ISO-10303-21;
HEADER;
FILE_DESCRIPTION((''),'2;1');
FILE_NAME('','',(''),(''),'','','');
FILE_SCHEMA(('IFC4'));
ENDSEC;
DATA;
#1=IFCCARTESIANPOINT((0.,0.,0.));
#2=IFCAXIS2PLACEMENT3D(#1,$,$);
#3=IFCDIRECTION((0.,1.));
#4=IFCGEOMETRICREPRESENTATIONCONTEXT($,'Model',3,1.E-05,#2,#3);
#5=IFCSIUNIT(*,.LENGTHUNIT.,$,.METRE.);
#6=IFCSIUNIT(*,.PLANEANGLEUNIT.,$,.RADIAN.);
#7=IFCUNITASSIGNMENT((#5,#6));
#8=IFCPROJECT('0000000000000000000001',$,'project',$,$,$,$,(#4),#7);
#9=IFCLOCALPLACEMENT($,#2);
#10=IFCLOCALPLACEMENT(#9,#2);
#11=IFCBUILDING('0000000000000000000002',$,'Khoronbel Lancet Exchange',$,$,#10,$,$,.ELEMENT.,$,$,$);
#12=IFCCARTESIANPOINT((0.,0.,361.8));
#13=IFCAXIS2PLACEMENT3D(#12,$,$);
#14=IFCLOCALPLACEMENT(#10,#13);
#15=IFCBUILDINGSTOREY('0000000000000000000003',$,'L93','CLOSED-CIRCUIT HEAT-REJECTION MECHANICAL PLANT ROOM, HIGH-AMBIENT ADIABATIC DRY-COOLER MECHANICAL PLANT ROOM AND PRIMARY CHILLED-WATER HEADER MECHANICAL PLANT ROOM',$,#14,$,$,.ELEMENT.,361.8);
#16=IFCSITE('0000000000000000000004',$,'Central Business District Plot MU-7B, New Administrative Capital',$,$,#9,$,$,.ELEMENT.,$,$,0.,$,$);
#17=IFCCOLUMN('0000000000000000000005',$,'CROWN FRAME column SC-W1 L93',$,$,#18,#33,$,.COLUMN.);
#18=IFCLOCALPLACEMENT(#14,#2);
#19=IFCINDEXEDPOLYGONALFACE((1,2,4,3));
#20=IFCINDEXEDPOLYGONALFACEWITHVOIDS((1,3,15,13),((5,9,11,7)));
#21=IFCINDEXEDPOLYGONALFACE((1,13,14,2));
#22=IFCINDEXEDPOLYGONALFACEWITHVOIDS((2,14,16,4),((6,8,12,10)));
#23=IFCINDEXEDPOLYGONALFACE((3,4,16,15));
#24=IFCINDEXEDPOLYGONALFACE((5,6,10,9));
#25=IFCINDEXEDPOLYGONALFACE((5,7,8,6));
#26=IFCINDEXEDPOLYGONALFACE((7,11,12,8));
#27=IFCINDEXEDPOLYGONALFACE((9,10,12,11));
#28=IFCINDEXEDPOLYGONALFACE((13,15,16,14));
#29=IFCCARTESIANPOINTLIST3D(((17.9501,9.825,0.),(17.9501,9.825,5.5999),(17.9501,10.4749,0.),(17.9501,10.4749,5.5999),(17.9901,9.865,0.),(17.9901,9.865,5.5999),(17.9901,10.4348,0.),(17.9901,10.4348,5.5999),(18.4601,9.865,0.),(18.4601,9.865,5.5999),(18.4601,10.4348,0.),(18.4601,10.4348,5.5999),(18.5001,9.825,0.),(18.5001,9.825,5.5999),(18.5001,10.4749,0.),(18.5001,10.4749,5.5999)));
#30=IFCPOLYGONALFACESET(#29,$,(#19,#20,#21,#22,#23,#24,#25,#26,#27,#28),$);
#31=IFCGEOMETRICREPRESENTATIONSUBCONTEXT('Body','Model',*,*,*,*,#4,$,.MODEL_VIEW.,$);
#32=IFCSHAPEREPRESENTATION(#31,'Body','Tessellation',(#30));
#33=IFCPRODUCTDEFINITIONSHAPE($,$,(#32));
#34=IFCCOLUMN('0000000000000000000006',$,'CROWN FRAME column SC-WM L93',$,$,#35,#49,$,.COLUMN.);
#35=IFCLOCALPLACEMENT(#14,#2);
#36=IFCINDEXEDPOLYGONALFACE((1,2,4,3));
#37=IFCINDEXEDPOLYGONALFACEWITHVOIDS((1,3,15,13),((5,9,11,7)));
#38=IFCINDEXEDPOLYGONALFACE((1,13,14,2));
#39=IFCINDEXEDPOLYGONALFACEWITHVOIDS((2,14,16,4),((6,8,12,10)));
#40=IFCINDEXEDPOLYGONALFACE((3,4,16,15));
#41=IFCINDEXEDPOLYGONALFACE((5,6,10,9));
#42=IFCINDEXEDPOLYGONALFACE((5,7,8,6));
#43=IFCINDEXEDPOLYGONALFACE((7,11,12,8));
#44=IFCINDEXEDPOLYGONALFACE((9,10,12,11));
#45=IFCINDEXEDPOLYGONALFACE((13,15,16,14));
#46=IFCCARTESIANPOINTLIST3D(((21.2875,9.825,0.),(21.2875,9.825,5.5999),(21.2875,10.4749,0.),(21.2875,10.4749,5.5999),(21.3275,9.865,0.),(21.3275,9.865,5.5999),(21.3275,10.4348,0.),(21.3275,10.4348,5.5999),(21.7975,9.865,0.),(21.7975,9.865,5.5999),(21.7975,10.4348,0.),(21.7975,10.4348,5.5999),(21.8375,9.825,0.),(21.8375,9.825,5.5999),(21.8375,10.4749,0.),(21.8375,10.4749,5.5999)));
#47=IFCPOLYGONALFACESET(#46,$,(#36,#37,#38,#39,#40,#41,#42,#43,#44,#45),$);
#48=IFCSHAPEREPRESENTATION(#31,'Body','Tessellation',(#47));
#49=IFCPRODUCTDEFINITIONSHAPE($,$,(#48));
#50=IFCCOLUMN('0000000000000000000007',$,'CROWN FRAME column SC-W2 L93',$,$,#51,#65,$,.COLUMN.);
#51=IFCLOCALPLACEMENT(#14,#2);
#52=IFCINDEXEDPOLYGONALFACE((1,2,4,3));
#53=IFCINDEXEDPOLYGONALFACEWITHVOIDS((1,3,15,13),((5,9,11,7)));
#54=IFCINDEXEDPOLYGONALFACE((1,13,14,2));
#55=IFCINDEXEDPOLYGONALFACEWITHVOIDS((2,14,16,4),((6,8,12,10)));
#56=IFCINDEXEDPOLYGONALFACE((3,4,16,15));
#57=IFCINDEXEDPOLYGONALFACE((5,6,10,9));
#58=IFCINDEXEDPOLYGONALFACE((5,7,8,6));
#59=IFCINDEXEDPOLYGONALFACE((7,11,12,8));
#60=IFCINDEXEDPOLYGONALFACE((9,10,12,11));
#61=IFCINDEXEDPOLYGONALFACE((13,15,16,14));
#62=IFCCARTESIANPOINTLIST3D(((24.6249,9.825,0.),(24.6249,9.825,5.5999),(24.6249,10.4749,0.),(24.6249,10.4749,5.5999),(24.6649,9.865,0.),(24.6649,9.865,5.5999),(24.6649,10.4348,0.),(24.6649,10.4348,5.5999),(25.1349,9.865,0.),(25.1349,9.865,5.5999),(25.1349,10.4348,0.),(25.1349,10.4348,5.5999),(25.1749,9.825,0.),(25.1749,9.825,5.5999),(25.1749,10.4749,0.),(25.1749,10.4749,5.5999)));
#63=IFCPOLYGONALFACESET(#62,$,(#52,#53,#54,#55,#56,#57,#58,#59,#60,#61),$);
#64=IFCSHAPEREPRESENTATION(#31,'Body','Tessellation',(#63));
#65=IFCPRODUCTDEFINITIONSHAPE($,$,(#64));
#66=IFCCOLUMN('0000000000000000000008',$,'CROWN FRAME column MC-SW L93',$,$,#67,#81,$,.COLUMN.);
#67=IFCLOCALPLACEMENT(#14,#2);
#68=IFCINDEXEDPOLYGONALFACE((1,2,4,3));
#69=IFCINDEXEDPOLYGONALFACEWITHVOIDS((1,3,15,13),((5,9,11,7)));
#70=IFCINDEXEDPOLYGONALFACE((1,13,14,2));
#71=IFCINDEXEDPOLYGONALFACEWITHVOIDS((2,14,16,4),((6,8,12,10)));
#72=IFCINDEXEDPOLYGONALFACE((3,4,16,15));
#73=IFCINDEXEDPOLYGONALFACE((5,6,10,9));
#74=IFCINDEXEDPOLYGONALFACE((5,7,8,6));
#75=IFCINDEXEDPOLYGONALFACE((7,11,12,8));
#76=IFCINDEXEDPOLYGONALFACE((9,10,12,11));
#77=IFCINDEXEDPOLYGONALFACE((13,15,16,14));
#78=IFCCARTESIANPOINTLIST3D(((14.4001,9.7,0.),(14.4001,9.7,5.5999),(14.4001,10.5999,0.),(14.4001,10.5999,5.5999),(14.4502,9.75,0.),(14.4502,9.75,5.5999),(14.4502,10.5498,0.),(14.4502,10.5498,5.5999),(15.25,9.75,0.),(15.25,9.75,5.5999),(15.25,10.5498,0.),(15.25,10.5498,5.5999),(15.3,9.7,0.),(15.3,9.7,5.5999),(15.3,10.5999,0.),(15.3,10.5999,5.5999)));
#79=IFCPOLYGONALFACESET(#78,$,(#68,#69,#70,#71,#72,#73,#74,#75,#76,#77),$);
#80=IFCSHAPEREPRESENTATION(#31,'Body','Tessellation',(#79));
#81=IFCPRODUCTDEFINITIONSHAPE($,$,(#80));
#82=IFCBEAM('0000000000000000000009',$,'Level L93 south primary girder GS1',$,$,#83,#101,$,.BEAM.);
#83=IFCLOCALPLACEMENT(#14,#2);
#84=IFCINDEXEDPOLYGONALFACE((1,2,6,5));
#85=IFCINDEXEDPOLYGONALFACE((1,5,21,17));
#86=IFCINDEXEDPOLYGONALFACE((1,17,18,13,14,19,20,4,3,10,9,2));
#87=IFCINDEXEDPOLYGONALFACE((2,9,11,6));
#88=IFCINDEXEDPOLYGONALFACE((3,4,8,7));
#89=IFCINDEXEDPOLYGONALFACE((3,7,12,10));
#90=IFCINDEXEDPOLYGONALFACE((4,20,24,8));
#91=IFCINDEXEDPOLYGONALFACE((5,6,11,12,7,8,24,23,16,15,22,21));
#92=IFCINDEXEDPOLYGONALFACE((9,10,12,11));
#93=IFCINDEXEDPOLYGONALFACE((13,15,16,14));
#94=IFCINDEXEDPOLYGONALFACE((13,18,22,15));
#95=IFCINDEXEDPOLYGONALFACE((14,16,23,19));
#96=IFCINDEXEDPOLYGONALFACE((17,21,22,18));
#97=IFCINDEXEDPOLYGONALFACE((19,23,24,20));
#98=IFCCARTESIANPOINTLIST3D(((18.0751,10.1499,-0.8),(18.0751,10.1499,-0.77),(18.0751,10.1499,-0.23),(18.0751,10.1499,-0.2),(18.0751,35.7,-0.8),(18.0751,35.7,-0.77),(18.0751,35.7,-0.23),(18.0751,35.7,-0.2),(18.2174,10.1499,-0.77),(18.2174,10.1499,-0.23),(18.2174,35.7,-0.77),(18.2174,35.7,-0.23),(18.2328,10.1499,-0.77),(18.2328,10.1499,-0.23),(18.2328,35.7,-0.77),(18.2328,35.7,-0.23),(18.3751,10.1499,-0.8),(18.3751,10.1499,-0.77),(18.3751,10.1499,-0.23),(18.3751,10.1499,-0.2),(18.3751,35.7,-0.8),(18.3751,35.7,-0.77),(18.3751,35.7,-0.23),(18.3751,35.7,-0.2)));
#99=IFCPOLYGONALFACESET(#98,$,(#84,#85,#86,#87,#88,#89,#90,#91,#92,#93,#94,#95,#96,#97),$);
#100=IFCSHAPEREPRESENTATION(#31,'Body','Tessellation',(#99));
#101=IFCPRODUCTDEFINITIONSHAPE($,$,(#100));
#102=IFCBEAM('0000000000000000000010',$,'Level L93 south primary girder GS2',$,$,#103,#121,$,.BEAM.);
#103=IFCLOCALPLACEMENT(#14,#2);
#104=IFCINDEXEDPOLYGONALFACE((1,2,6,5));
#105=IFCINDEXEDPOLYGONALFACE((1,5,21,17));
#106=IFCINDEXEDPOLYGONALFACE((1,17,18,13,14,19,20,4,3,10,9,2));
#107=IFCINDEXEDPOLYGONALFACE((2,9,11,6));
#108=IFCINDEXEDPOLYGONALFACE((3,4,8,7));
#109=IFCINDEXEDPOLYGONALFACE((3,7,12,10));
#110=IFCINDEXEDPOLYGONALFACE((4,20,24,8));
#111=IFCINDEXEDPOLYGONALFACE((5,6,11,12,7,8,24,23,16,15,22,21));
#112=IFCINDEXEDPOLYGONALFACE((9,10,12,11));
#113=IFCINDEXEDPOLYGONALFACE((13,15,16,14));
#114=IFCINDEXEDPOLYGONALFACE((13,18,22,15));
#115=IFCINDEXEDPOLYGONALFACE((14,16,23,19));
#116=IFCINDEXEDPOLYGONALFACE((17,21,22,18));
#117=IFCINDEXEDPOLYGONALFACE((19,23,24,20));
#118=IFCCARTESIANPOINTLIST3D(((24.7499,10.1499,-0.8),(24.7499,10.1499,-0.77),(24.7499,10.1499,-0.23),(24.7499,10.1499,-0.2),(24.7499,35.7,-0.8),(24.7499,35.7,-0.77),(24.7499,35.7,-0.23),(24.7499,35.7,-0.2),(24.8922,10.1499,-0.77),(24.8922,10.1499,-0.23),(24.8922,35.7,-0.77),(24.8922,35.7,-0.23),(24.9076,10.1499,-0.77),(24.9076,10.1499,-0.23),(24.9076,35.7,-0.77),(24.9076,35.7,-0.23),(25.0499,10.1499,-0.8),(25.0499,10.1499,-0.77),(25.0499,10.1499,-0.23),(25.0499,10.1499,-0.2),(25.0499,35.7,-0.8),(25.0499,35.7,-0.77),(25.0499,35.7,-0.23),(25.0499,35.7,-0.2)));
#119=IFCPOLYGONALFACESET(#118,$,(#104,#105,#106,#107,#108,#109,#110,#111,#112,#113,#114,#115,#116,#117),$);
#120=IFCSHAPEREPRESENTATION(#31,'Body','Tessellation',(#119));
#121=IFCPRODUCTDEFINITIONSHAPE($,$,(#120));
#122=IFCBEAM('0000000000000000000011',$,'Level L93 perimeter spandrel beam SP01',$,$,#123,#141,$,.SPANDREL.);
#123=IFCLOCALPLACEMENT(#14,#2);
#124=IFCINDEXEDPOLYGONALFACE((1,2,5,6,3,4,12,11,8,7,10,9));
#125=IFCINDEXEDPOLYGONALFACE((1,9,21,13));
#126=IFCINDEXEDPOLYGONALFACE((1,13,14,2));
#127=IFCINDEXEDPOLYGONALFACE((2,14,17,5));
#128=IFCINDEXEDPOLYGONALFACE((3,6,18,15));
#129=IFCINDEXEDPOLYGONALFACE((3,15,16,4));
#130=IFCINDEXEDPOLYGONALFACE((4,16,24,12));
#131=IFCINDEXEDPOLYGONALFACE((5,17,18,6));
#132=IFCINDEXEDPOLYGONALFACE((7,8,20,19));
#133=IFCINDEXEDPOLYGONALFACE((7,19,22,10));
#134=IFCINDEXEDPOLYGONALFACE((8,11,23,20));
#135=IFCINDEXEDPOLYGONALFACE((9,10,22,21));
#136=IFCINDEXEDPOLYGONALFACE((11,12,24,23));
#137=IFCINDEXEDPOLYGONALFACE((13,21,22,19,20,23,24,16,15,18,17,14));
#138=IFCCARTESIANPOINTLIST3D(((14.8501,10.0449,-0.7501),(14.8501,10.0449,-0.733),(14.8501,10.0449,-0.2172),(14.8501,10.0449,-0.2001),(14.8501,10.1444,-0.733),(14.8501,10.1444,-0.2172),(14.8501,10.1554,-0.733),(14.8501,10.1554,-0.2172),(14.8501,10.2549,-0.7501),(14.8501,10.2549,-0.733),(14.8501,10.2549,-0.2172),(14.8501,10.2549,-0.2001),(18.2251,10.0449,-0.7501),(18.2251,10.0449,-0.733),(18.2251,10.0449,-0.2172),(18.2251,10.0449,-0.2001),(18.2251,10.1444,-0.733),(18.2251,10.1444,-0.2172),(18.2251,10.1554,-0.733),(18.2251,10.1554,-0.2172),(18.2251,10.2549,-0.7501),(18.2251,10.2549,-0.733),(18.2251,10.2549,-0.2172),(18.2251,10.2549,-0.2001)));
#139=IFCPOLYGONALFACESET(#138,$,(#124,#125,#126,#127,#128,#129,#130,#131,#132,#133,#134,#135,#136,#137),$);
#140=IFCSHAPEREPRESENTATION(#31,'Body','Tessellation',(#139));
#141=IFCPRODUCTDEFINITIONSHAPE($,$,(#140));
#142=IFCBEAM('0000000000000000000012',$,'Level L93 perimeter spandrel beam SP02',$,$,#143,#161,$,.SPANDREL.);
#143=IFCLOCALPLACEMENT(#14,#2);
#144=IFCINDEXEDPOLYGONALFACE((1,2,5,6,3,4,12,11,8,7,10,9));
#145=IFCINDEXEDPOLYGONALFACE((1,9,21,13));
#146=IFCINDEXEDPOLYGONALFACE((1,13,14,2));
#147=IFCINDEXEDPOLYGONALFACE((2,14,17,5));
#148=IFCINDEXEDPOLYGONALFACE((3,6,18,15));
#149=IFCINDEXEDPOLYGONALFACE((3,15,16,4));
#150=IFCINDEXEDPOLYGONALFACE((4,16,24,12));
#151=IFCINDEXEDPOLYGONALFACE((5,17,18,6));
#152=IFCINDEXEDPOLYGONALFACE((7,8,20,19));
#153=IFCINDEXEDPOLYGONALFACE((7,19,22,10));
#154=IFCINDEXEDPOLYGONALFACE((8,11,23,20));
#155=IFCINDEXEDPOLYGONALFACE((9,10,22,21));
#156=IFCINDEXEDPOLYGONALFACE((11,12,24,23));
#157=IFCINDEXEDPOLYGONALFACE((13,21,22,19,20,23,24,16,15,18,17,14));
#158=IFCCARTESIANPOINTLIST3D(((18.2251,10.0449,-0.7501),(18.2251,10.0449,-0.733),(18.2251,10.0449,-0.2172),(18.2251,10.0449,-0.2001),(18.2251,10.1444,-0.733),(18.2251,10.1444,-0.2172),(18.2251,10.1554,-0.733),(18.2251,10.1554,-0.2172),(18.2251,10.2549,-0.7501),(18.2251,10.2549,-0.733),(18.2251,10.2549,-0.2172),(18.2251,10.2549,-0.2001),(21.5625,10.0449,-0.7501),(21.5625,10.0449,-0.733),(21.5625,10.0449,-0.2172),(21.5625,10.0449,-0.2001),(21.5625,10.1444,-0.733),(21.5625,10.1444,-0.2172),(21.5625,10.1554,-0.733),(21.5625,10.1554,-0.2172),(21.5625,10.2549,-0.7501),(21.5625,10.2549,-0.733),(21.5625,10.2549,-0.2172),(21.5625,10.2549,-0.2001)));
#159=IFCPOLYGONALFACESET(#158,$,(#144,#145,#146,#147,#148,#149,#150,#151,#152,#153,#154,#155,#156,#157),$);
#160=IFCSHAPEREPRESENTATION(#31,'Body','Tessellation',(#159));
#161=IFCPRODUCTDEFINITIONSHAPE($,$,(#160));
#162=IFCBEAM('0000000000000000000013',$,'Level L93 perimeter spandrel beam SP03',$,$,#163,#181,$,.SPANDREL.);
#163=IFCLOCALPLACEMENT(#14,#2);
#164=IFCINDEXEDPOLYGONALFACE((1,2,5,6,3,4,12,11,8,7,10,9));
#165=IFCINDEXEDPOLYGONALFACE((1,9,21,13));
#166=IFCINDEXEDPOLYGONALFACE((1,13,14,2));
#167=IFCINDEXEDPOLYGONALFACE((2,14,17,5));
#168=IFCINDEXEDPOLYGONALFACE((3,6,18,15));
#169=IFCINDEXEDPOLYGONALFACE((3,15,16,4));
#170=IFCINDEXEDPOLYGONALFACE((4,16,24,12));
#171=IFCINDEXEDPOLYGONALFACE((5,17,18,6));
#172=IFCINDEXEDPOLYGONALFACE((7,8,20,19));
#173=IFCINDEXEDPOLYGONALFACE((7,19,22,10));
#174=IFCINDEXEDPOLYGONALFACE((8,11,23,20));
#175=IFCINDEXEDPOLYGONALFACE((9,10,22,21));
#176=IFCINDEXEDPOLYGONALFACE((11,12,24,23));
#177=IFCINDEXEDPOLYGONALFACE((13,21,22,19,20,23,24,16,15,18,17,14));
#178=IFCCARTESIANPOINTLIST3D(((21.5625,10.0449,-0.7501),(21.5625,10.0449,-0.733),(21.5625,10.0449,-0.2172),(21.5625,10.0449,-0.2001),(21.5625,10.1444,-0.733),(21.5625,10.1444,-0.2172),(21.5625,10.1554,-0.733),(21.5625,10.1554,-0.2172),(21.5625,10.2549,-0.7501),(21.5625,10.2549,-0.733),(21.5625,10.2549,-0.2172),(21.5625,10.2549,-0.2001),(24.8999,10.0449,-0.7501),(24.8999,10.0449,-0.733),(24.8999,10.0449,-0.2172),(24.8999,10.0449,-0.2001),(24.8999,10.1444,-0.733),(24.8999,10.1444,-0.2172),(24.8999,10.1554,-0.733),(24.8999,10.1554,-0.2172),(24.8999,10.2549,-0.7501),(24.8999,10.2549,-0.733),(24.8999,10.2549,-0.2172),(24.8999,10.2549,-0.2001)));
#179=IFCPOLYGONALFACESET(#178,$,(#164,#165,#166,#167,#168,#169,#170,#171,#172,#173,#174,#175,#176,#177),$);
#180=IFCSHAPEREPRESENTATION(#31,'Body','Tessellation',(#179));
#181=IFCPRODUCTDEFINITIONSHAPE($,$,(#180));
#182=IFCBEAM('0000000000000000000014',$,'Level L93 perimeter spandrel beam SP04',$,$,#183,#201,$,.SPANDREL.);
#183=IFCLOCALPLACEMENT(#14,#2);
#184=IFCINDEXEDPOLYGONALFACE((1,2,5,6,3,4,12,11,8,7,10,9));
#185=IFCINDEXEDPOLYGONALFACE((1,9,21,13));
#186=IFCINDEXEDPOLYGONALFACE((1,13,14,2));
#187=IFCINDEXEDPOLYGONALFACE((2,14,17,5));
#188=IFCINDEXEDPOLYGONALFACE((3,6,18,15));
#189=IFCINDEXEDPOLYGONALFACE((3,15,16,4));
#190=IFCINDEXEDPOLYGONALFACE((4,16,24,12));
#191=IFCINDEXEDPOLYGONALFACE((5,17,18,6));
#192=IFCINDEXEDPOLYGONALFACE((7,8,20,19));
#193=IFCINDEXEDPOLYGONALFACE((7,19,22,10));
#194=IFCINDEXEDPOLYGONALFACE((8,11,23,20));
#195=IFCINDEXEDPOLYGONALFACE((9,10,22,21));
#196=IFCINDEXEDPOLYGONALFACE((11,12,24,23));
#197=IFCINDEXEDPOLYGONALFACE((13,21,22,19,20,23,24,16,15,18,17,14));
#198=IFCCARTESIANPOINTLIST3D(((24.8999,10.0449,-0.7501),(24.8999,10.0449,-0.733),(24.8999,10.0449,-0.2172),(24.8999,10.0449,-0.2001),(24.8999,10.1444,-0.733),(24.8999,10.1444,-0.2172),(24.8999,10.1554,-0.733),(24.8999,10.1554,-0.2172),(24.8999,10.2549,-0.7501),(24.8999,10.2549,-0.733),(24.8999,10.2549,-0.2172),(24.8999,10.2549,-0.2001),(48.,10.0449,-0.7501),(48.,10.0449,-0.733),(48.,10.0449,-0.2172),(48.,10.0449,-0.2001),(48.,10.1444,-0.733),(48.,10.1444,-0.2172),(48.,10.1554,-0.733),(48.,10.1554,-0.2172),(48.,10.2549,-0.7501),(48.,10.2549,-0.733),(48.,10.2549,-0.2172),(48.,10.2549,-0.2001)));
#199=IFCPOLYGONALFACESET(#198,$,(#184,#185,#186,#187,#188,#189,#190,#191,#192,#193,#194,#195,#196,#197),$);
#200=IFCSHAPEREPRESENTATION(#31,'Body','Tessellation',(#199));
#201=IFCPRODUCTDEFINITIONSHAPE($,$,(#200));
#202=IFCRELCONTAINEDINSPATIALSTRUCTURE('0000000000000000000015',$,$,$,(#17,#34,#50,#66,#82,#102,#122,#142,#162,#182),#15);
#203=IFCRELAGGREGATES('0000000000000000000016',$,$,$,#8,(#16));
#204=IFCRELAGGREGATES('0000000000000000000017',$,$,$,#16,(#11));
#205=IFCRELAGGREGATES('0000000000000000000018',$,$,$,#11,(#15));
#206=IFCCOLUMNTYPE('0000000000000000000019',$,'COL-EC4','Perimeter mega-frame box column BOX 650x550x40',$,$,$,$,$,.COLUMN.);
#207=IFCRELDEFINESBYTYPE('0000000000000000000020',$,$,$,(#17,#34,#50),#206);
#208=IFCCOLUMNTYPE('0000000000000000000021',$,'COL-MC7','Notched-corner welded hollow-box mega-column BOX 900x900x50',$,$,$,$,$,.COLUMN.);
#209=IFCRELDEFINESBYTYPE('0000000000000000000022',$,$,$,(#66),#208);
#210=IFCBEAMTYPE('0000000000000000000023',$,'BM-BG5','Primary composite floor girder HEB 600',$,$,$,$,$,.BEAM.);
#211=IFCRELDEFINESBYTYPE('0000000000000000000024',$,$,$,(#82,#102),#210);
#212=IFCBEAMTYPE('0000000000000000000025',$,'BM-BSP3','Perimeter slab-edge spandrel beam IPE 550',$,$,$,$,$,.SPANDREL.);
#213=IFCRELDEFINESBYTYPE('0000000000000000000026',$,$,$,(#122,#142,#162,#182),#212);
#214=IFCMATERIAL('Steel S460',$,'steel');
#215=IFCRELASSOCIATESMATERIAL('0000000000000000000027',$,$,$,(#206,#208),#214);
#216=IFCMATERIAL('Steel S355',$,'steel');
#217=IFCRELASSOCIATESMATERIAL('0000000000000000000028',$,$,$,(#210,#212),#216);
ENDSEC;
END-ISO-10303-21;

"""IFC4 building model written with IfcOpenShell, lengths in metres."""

from ifc_helpers import new_model, si_unit, direction, frame, origin, origin_2d, place, context, subcontext, project, spatial, hollow_rectangle, i_section, extrude, material, material_profile, profile_set, type_object, element, save


model = new_model("IFC4")

# Units and contexts
model_context = context("Model", 3, precision=1e-05, world=origin(), true_north=direction((0.0, 1.0)))
body_context = subcontext(model_context, "Body", "Model", "MODEL_VIEW")
ifc_project = project(units=[si_unit("LENGTHUNIT", "METRE"), si_unit("PLANEANGLEUNIT", "RADIAN")], contexts=[model_context])

# Site, building, storey
site_placement = place(None, origin())
site = spatial("IfcSite", under=ifc_project, at=site_placement, Name="Central Business District Plot MU-7B, New Administrative Capital", CompositionType="ELEMENT", RefElevation=0.0)
building_placement = place(site_placement, origin())
building = spatial("IfcBuilding", under=site, at=building_placement, Name="Khoronbel Lancet Exchange", CompositionType="ELEMENT")
storey_placement = place(building_placement, frame((0.0, 0.0, 361.8)))
storey = spatial("IfcBuildingStorey", under=building, at=storey_placement, Name="L93", Description="CLOSED-CIRCUIT HEAT-REJECTION MECHANICAL PLANT ROOM, HIGH-AMBIENT ADIABATIC DRY-COOLER MECHANICAL PLANT ROOM AND PRIMARY CHILLED-WATER HEADER MECHANICAL PLANT ROOM", CompositionType="ELEMENT", Elevation=361.8)

# Columns
ifc_material_1 = material(Name="Steel S460", Category="steel")
ifc_material_profile_1 = material_profile(ifc_material_1, hollow_rectangle(XDim=0.55, YDim=0.6499, WallThickness=0.04, at=origin_2d()), Name="BOX 650x550x40")
ifc_profile_set_1 = profile_set([ifc_material_profile_1], Name="Steel S460")
column_type_1 = type_object("IfcColumnType", Name="COL-EC4", Description="Perimeter mega-frame box column BOX 650x550x40", PredefinedType="COLUMN", material=ifc_profile_set_1)
for number, where, z_axis, x_axis, name in (
    (1, (18.2251, 10.1499, 0.0), (0.0, 0.0, 1.0), (1.0, 0.0, 0.0), "CROWN FRAME column SC-W1 L93"),
    (2, (21.5625, 10.1499, 0.0), (0.0, 0.0, 1.0), (1.0, 0.0, 0.0), "CROWN FRAME column SC-WM L93"),
    (3, (24.8999, 10.1499, 0.0), (0.0, 0.0, 1.0), (1.0, 0.0, 0.0), "CROWN FRAME column SC-W2 L93"),
):
    element("IfcColumn", number, at=place(storey_placement, frame(where, z_axis=z_axis, x_axis=x_axis)), inside=storey, type_object=column_type_1, Name=name, PredefinedType="COLUMN", context=body_context, shape_type="SweptSolid", body=[
        extrude(hollow_rectangle(XDim=0.55, YDim=0.6499, WallThickness=0.04, at=origin_2d()), origin(), (0.0, 0.0, 1.0), 5.5999),
    ])
ifc_material_profile_2 = material_profile(ifc_material_1, hollow_rectangle(XDim=0.8999, YDim=0.8999, WallThickness=0.05, at=origin_2d()), Name="BOX 900x900x50")
ifc_profile_set_2 = profile_set([ifc_material_profile_2], Name="Steel S460")
column_type_2 = type_object("IfcColumnType", Name="COL-MC7", Description="Notched-corner welded hollow-box mega-column BOX 900x900x50", PredefinedType="COLUMN", material=ifc_profile_set_2)
column_placement = place(storey_placement, frame((14.8501, 10.1499, 0.0), z_axis=(0.0, 0.0, 1.0), x_axis=(1.0, 0.0, 0.0)))
element("IfcColumn", 4, at=column_placement, inside=storey, type_object=column_type_2, Name="CROWN FRAME column MC-SW L93", PredefinedType="COLUMN", context=body_context, shape_type="SweptSolid", body=[
    extrude(hollow_rectangle(XDim=0.8999, YDim=0.8999, WallThickness=0.05, at=origin_2d()), origin(), (0.0, 0.0, 1.0), 5.5999),
])

# Beams
ifc_material_2 = material(Name="Steel S355", Category="steel")
ifc_material_profile_3 = material_profile(ifc_material_2, i_section(OverallWidth=0.3, OverallDepth=0.6001, WebThickness=0.0154, FlangeThickness=0.03, at=origin_2d()), Name="HEB 600")
ifc_profile_set_3 = profile_set([ifc_material_profile_3], Name="Steel S355")
beam_type_1 = type_object("IfcBeamType", Name="BM-BG5", Description="Primary composite floor girder HEB 600", PredefinedType="BEAM", material=ifc_profile_set_3)
for number, where, z_axis, x_axis, name in (
    (5, (18.2251, 10.1499, -0.5), (0.0, 1.0, 0.0), (-1.0, 0.0, 0.0), "Level L93 south primary girder GS1"),
    (6, (24.8999, 10.1499, -0.5), (0.0, 1.0, 0.0), (-1.0, 0.0, 0.0), "Level L93 south primary girder GS2"),
):
    element("IfcBeam", number, at=place(storey_placement, frame(where, z_axis=z_axis, x_axis=x_axis)), inside=storey, type_object=beam_type_1, Name=name, PredefinedType="BEAM", context=body_context, shape_type="SweptSolid", body=[
        extrude(i_section(OverallWidth=0.3, OverallDepth=0.6001, WebThickness=0.0154, FlangeThickness=0.03, at=origin_2d()), origin(), (0.0, 0.0, 1.0), 25.55),
    ])
ifc_material_profile_4 = material_profile(ifc_material_2, i_section(OverallWidth=0.21, OverallDepth=0.55, WebThickness=0.011, FlangeThickness=0.0171, at=origin_2d()), Name="IPE 550")
ifc_profile_set_4 = profile_set([ifc_material_profile_4], Name="Steel S355")
beam_type_2 = type_object("IfcBeamType", Name="BM-BSP3", Description="Perimeter slab-edge spandrel beam IPE 550", PredefinedType="SPANDREL", material=ifc_profile_set_4)
beam_1_placement = place(storey_placement, frame((14.8501, 10.1499, -0.4751), z_axis=(1.0, 0.0, 0.0), x_axis=(0.0, 1.0, 0.0)))
element("IfcBeam", 7, at=beam_1_placement, inside=storey, type_object=beam_type_2, Name="Level L93 perimeter spandrel beam SP01", PredefinedType="SPANDREL", context=body_context, shape_type="SweptSolid", body=[
    extrude(i_section(OverallWidth=0.21, OverallDepth=0.55, WebThickness=0.011, FlangeThickness=0.0171, at=origin_2d()), origin(), (0.0, 0.0, 1.0), 3.375),
])
for number, where, z_axis, x_axis, name in (
    (8, (18.2251, 10.1499, -0.4751), (1.0, 0.0, 0.0), (0.0, 1.0, 0.0), "Level L93 perimeter spandrel beam SP02"),
    (9, (21.5625, 10.1499, -0.4751), (1.0, 0.0, 0.0), (0.0, 1.0, 0.0), "Level L93 perimeter spandrel beam SP03"),
):
    element("IfcBeam", number, at=place(storey_placement, frame(where, z_axis=z_axis, x_axis=x_axis)), inside=storey, type_object=beam_type_2, Name=name, PredefinedType="SPANDREL", context=body_context, shape_type="SweptSolid", body=[
        extrude(i_section(OverallWidth=0.21, OverallDepth=0.55, WebThickness=0.011, FlangeThickness=0.0171, at=origin_2d()), origin(), (0.0, 0.0, 1.0), 3.3374),
    ])
beam_2_placement = place(storey_placement, frame((24.8999, 10.1499, -0.4751), z_axis=(1.0, 0.0, 0.0), x_axis=(0.0, 1.0, 0.0)))
element("IfcBeam", 10, at=beam_2_placement, inside=storey, type_object=beam_type_2, Name="Level L93 perimeter spandrel beam SP04", PredefinedType="SPANDREL", context=body_context, shape_type="SweptSolid", body=[
    extrude(i_section(OverallWidth=0.21, OverallDepth=0.55, WebThickness=0.011, FlangeThickness=0.0171, at=origin_2d()), origin(), (0.0, 0.0, 1.0), 23.1001),
])

save(model, "model.ifc")
